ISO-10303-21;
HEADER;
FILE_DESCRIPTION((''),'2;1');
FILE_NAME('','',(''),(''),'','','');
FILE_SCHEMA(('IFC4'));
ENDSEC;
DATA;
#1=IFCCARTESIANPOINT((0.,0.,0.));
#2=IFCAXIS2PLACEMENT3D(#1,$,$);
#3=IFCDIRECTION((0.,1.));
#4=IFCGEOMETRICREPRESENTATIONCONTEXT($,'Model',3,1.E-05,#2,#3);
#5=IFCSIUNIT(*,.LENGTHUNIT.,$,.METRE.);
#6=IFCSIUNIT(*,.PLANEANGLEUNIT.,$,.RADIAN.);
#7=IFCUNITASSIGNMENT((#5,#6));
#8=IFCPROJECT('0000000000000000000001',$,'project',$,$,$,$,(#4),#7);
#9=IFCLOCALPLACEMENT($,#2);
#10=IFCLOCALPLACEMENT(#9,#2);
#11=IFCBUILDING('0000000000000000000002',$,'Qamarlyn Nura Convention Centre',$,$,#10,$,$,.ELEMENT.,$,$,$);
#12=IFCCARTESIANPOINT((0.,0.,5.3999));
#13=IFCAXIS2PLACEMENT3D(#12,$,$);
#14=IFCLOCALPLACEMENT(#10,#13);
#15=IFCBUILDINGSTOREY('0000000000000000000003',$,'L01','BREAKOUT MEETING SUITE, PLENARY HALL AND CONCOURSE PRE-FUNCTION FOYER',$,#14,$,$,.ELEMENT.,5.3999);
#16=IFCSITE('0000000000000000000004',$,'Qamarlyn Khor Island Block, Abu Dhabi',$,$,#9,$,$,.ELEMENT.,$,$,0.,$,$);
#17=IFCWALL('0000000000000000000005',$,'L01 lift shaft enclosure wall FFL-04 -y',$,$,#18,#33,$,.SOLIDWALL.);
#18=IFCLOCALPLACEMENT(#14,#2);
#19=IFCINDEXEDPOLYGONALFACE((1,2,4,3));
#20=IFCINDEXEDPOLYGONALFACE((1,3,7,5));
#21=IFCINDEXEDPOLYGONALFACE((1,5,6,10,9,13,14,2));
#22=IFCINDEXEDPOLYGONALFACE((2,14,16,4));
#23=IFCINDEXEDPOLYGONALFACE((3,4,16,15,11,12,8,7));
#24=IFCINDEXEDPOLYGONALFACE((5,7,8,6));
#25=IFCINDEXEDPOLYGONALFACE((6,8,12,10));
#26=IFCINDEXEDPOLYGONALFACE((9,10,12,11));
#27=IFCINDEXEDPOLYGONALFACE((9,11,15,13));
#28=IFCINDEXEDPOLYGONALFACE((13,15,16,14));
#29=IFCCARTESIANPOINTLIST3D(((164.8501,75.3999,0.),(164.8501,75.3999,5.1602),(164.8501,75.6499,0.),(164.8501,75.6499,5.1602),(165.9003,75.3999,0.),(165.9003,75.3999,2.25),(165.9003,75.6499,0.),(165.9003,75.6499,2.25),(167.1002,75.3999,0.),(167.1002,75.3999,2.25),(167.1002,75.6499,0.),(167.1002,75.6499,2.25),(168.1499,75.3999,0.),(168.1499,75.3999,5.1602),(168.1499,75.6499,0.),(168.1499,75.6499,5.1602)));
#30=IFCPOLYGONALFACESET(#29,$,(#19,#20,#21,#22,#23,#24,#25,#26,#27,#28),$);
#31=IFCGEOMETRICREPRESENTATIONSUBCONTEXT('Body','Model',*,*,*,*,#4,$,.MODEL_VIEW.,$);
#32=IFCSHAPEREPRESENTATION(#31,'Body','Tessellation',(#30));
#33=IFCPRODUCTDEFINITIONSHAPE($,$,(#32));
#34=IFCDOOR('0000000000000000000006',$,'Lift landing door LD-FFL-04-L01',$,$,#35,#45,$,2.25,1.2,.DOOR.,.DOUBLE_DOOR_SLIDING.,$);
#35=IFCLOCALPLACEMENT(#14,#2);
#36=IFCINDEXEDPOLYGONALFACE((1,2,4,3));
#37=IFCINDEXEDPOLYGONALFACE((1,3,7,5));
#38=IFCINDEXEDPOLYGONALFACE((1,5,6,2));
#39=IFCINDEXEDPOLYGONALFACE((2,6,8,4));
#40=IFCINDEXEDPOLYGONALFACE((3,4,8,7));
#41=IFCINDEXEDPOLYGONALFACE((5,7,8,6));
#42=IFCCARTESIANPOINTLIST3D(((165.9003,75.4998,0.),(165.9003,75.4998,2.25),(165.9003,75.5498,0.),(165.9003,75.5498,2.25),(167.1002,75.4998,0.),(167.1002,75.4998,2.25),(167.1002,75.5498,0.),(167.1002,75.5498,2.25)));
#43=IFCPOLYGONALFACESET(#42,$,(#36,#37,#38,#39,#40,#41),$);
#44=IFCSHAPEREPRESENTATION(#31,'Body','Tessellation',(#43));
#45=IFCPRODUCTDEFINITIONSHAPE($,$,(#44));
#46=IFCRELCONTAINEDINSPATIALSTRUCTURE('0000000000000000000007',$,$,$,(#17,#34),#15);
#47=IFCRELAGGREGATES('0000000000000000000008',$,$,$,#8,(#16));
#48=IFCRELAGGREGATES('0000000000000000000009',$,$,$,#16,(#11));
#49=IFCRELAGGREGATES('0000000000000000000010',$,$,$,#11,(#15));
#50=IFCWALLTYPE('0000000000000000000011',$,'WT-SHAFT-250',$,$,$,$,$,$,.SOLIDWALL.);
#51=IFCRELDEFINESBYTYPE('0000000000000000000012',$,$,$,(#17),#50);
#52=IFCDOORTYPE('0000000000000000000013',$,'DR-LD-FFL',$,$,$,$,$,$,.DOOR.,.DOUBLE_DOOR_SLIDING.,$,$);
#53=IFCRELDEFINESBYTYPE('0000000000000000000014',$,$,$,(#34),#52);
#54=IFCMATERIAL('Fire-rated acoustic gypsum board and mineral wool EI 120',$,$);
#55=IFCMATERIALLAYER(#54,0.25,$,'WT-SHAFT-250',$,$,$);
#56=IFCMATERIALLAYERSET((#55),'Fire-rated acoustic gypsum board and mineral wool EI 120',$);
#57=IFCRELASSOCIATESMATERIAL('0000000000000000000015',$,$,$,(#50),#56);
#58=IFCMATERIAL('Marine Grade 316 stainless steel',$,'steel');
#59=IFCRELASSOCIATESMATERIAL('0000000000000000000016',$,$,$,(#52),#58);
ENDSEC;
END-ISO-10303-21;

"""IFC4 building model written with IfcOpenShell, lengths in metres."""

from ifc_helpers import new_model, si_unit, direction, frame, frame_2d, origin, place, context, subcontext, project, spatial, rectangle, extrude, material, layer, layer_set, type_object, element, fill, save


model = new_model("IFC4")

# Units and contexts
model_context = context("Model", 3, precision=1e-05, world=origin(), true_north=direction((0.0, 1.0)))
body_context = subcontext(model_context, "Body", "Model", "MODEL_VIEW")
ifc_project = project(units=[si_unit("LENGTHUNIT", "METRE"), si_unit("PLANEANGLEUNIT", "RADIAN")], contexts=[model_context])

# Site, building, storey
site_placement = place(None, origin())
site = spatial("IfcSite", under=ifc_project, at=site_placement, Name="Qamarlyn Khor Island Block, Abu Dhabi", CompositionType="ELEMENT", RefElevation=0.0)
building_placement = place(site_placement, origin())
building = spatial("IfcBuilding", under=site, at=building_placement, Name="Qamarlyn Nura Convention Centre", CompositionType="ELEMENT")
storey_placement = place(building_placement, frame((0.0, 0.0, 5.3999)))
storey = spatial("IfcBuildingStorey", under=building, at=storey_placement, Name="L01", Description="BREAKOUT MEETING SUITE, PLENARY HALL AND CONCOURSE PRE-FUNCTION FOYER", CompositionType="ELEMENT", Elevation=5.3999)

# Shared definitions
ifc_material_1 = material(Name="Fire-rated acoustic gypsum board and mineral wool EI 120")

# Shared definitions
ifc_layer_1 = layer(ifc_material_1, 0.25, Name="WT-SHAFT-250")
ifc_layer_set_1 = layer_set([ifc_layer_1], Name="Fire-rated acoustic gypsum board and mineral wool EI 120")
wall_type_1 = type_object("IfcWallType", Name="WT-SHAFT-250", PredefinedType="SOLIDWALL", material=ifc_layer_set_1)
ifc_material_2 = material(Name="Marine Grade 316 stainless steel", Category="steel")
door_type_1 = type_object("IfcDoorType", Name="DR-LD-FFL", OperationType="DOUBLE_DOOR_SLIDING", PredefinedType="DOOR", material=ifc_material_2)

# Wall, opening, door
wall_1_placement = place(storey_placement, frame((164.8501, 75.5249, 0.0), z_axis=(0.0, 0.0, 1.0), x_axis=(1.0, 0.0, 0.0)))
wall_1 = element("IfcWall", 1, at=wall_1_placement, inside=storey, type_object=wall_type_1, Name="L01 lift shaft enclosure wall FFL-04 -y", PredefinedType="SOLIDWALL", context=body_context, shape_type="SweptSolid", body=[
    extrude(rectangle(XDim=3.2998, YDim=0.25, at=frame_2d((1.6499, 0.0))), origin(), (0.0, 0.0, 1.0), 5.1602),
])
opening_1_placement = place(wall_1_placement, frame((1.05, 0.0, 0.0)))
opening_1 = element("IfcOpeningElement", 2, at=opening_1_placement, cuts=wall_1, PredefinedType="OPENING", context=body_context, shape_type="SweptSolid", body=[
    extrude(rectangle(XDim=1.2, YDim=2.25, at=frame_2d((0.6001, 1.125))), frame((0.0, 0.135, 0.0), z_axis=(0.0, -1.0, 0.0), x_axis=(1.0, 0.0, 0.0)), (0.0, 0.0, 1.0), 0.27),
])
door_1_placement = place(opening_1_placement, origin())
door_1 = element("IfcDoor", 3, at=door_1_placement, inside=storey, type_object=door_type_1, Name="Lift landing door LD-FFL-04-L01", OperationType="DOUBLE_DOOR_SLIDING", OverallHeight=2.25, OverallWidth=1.2, PredefinedType="DOOR", context=body_context, shape_type="SweptSolid", body=[
    extrude(rectangle(XDim=1.2, YDim=2.25, at=frame_2d((0.6001, 1.125))), frame((0.0, 0.0249, 0.0), z_axis=(0.0, -1.0, 0.0), x_axis=(1.0, 0.0, 0.0)), (0.0, 0.0, 1.0), 0.05),
])
fill(opening_1, door_1)

save(model, "model.ifc")
